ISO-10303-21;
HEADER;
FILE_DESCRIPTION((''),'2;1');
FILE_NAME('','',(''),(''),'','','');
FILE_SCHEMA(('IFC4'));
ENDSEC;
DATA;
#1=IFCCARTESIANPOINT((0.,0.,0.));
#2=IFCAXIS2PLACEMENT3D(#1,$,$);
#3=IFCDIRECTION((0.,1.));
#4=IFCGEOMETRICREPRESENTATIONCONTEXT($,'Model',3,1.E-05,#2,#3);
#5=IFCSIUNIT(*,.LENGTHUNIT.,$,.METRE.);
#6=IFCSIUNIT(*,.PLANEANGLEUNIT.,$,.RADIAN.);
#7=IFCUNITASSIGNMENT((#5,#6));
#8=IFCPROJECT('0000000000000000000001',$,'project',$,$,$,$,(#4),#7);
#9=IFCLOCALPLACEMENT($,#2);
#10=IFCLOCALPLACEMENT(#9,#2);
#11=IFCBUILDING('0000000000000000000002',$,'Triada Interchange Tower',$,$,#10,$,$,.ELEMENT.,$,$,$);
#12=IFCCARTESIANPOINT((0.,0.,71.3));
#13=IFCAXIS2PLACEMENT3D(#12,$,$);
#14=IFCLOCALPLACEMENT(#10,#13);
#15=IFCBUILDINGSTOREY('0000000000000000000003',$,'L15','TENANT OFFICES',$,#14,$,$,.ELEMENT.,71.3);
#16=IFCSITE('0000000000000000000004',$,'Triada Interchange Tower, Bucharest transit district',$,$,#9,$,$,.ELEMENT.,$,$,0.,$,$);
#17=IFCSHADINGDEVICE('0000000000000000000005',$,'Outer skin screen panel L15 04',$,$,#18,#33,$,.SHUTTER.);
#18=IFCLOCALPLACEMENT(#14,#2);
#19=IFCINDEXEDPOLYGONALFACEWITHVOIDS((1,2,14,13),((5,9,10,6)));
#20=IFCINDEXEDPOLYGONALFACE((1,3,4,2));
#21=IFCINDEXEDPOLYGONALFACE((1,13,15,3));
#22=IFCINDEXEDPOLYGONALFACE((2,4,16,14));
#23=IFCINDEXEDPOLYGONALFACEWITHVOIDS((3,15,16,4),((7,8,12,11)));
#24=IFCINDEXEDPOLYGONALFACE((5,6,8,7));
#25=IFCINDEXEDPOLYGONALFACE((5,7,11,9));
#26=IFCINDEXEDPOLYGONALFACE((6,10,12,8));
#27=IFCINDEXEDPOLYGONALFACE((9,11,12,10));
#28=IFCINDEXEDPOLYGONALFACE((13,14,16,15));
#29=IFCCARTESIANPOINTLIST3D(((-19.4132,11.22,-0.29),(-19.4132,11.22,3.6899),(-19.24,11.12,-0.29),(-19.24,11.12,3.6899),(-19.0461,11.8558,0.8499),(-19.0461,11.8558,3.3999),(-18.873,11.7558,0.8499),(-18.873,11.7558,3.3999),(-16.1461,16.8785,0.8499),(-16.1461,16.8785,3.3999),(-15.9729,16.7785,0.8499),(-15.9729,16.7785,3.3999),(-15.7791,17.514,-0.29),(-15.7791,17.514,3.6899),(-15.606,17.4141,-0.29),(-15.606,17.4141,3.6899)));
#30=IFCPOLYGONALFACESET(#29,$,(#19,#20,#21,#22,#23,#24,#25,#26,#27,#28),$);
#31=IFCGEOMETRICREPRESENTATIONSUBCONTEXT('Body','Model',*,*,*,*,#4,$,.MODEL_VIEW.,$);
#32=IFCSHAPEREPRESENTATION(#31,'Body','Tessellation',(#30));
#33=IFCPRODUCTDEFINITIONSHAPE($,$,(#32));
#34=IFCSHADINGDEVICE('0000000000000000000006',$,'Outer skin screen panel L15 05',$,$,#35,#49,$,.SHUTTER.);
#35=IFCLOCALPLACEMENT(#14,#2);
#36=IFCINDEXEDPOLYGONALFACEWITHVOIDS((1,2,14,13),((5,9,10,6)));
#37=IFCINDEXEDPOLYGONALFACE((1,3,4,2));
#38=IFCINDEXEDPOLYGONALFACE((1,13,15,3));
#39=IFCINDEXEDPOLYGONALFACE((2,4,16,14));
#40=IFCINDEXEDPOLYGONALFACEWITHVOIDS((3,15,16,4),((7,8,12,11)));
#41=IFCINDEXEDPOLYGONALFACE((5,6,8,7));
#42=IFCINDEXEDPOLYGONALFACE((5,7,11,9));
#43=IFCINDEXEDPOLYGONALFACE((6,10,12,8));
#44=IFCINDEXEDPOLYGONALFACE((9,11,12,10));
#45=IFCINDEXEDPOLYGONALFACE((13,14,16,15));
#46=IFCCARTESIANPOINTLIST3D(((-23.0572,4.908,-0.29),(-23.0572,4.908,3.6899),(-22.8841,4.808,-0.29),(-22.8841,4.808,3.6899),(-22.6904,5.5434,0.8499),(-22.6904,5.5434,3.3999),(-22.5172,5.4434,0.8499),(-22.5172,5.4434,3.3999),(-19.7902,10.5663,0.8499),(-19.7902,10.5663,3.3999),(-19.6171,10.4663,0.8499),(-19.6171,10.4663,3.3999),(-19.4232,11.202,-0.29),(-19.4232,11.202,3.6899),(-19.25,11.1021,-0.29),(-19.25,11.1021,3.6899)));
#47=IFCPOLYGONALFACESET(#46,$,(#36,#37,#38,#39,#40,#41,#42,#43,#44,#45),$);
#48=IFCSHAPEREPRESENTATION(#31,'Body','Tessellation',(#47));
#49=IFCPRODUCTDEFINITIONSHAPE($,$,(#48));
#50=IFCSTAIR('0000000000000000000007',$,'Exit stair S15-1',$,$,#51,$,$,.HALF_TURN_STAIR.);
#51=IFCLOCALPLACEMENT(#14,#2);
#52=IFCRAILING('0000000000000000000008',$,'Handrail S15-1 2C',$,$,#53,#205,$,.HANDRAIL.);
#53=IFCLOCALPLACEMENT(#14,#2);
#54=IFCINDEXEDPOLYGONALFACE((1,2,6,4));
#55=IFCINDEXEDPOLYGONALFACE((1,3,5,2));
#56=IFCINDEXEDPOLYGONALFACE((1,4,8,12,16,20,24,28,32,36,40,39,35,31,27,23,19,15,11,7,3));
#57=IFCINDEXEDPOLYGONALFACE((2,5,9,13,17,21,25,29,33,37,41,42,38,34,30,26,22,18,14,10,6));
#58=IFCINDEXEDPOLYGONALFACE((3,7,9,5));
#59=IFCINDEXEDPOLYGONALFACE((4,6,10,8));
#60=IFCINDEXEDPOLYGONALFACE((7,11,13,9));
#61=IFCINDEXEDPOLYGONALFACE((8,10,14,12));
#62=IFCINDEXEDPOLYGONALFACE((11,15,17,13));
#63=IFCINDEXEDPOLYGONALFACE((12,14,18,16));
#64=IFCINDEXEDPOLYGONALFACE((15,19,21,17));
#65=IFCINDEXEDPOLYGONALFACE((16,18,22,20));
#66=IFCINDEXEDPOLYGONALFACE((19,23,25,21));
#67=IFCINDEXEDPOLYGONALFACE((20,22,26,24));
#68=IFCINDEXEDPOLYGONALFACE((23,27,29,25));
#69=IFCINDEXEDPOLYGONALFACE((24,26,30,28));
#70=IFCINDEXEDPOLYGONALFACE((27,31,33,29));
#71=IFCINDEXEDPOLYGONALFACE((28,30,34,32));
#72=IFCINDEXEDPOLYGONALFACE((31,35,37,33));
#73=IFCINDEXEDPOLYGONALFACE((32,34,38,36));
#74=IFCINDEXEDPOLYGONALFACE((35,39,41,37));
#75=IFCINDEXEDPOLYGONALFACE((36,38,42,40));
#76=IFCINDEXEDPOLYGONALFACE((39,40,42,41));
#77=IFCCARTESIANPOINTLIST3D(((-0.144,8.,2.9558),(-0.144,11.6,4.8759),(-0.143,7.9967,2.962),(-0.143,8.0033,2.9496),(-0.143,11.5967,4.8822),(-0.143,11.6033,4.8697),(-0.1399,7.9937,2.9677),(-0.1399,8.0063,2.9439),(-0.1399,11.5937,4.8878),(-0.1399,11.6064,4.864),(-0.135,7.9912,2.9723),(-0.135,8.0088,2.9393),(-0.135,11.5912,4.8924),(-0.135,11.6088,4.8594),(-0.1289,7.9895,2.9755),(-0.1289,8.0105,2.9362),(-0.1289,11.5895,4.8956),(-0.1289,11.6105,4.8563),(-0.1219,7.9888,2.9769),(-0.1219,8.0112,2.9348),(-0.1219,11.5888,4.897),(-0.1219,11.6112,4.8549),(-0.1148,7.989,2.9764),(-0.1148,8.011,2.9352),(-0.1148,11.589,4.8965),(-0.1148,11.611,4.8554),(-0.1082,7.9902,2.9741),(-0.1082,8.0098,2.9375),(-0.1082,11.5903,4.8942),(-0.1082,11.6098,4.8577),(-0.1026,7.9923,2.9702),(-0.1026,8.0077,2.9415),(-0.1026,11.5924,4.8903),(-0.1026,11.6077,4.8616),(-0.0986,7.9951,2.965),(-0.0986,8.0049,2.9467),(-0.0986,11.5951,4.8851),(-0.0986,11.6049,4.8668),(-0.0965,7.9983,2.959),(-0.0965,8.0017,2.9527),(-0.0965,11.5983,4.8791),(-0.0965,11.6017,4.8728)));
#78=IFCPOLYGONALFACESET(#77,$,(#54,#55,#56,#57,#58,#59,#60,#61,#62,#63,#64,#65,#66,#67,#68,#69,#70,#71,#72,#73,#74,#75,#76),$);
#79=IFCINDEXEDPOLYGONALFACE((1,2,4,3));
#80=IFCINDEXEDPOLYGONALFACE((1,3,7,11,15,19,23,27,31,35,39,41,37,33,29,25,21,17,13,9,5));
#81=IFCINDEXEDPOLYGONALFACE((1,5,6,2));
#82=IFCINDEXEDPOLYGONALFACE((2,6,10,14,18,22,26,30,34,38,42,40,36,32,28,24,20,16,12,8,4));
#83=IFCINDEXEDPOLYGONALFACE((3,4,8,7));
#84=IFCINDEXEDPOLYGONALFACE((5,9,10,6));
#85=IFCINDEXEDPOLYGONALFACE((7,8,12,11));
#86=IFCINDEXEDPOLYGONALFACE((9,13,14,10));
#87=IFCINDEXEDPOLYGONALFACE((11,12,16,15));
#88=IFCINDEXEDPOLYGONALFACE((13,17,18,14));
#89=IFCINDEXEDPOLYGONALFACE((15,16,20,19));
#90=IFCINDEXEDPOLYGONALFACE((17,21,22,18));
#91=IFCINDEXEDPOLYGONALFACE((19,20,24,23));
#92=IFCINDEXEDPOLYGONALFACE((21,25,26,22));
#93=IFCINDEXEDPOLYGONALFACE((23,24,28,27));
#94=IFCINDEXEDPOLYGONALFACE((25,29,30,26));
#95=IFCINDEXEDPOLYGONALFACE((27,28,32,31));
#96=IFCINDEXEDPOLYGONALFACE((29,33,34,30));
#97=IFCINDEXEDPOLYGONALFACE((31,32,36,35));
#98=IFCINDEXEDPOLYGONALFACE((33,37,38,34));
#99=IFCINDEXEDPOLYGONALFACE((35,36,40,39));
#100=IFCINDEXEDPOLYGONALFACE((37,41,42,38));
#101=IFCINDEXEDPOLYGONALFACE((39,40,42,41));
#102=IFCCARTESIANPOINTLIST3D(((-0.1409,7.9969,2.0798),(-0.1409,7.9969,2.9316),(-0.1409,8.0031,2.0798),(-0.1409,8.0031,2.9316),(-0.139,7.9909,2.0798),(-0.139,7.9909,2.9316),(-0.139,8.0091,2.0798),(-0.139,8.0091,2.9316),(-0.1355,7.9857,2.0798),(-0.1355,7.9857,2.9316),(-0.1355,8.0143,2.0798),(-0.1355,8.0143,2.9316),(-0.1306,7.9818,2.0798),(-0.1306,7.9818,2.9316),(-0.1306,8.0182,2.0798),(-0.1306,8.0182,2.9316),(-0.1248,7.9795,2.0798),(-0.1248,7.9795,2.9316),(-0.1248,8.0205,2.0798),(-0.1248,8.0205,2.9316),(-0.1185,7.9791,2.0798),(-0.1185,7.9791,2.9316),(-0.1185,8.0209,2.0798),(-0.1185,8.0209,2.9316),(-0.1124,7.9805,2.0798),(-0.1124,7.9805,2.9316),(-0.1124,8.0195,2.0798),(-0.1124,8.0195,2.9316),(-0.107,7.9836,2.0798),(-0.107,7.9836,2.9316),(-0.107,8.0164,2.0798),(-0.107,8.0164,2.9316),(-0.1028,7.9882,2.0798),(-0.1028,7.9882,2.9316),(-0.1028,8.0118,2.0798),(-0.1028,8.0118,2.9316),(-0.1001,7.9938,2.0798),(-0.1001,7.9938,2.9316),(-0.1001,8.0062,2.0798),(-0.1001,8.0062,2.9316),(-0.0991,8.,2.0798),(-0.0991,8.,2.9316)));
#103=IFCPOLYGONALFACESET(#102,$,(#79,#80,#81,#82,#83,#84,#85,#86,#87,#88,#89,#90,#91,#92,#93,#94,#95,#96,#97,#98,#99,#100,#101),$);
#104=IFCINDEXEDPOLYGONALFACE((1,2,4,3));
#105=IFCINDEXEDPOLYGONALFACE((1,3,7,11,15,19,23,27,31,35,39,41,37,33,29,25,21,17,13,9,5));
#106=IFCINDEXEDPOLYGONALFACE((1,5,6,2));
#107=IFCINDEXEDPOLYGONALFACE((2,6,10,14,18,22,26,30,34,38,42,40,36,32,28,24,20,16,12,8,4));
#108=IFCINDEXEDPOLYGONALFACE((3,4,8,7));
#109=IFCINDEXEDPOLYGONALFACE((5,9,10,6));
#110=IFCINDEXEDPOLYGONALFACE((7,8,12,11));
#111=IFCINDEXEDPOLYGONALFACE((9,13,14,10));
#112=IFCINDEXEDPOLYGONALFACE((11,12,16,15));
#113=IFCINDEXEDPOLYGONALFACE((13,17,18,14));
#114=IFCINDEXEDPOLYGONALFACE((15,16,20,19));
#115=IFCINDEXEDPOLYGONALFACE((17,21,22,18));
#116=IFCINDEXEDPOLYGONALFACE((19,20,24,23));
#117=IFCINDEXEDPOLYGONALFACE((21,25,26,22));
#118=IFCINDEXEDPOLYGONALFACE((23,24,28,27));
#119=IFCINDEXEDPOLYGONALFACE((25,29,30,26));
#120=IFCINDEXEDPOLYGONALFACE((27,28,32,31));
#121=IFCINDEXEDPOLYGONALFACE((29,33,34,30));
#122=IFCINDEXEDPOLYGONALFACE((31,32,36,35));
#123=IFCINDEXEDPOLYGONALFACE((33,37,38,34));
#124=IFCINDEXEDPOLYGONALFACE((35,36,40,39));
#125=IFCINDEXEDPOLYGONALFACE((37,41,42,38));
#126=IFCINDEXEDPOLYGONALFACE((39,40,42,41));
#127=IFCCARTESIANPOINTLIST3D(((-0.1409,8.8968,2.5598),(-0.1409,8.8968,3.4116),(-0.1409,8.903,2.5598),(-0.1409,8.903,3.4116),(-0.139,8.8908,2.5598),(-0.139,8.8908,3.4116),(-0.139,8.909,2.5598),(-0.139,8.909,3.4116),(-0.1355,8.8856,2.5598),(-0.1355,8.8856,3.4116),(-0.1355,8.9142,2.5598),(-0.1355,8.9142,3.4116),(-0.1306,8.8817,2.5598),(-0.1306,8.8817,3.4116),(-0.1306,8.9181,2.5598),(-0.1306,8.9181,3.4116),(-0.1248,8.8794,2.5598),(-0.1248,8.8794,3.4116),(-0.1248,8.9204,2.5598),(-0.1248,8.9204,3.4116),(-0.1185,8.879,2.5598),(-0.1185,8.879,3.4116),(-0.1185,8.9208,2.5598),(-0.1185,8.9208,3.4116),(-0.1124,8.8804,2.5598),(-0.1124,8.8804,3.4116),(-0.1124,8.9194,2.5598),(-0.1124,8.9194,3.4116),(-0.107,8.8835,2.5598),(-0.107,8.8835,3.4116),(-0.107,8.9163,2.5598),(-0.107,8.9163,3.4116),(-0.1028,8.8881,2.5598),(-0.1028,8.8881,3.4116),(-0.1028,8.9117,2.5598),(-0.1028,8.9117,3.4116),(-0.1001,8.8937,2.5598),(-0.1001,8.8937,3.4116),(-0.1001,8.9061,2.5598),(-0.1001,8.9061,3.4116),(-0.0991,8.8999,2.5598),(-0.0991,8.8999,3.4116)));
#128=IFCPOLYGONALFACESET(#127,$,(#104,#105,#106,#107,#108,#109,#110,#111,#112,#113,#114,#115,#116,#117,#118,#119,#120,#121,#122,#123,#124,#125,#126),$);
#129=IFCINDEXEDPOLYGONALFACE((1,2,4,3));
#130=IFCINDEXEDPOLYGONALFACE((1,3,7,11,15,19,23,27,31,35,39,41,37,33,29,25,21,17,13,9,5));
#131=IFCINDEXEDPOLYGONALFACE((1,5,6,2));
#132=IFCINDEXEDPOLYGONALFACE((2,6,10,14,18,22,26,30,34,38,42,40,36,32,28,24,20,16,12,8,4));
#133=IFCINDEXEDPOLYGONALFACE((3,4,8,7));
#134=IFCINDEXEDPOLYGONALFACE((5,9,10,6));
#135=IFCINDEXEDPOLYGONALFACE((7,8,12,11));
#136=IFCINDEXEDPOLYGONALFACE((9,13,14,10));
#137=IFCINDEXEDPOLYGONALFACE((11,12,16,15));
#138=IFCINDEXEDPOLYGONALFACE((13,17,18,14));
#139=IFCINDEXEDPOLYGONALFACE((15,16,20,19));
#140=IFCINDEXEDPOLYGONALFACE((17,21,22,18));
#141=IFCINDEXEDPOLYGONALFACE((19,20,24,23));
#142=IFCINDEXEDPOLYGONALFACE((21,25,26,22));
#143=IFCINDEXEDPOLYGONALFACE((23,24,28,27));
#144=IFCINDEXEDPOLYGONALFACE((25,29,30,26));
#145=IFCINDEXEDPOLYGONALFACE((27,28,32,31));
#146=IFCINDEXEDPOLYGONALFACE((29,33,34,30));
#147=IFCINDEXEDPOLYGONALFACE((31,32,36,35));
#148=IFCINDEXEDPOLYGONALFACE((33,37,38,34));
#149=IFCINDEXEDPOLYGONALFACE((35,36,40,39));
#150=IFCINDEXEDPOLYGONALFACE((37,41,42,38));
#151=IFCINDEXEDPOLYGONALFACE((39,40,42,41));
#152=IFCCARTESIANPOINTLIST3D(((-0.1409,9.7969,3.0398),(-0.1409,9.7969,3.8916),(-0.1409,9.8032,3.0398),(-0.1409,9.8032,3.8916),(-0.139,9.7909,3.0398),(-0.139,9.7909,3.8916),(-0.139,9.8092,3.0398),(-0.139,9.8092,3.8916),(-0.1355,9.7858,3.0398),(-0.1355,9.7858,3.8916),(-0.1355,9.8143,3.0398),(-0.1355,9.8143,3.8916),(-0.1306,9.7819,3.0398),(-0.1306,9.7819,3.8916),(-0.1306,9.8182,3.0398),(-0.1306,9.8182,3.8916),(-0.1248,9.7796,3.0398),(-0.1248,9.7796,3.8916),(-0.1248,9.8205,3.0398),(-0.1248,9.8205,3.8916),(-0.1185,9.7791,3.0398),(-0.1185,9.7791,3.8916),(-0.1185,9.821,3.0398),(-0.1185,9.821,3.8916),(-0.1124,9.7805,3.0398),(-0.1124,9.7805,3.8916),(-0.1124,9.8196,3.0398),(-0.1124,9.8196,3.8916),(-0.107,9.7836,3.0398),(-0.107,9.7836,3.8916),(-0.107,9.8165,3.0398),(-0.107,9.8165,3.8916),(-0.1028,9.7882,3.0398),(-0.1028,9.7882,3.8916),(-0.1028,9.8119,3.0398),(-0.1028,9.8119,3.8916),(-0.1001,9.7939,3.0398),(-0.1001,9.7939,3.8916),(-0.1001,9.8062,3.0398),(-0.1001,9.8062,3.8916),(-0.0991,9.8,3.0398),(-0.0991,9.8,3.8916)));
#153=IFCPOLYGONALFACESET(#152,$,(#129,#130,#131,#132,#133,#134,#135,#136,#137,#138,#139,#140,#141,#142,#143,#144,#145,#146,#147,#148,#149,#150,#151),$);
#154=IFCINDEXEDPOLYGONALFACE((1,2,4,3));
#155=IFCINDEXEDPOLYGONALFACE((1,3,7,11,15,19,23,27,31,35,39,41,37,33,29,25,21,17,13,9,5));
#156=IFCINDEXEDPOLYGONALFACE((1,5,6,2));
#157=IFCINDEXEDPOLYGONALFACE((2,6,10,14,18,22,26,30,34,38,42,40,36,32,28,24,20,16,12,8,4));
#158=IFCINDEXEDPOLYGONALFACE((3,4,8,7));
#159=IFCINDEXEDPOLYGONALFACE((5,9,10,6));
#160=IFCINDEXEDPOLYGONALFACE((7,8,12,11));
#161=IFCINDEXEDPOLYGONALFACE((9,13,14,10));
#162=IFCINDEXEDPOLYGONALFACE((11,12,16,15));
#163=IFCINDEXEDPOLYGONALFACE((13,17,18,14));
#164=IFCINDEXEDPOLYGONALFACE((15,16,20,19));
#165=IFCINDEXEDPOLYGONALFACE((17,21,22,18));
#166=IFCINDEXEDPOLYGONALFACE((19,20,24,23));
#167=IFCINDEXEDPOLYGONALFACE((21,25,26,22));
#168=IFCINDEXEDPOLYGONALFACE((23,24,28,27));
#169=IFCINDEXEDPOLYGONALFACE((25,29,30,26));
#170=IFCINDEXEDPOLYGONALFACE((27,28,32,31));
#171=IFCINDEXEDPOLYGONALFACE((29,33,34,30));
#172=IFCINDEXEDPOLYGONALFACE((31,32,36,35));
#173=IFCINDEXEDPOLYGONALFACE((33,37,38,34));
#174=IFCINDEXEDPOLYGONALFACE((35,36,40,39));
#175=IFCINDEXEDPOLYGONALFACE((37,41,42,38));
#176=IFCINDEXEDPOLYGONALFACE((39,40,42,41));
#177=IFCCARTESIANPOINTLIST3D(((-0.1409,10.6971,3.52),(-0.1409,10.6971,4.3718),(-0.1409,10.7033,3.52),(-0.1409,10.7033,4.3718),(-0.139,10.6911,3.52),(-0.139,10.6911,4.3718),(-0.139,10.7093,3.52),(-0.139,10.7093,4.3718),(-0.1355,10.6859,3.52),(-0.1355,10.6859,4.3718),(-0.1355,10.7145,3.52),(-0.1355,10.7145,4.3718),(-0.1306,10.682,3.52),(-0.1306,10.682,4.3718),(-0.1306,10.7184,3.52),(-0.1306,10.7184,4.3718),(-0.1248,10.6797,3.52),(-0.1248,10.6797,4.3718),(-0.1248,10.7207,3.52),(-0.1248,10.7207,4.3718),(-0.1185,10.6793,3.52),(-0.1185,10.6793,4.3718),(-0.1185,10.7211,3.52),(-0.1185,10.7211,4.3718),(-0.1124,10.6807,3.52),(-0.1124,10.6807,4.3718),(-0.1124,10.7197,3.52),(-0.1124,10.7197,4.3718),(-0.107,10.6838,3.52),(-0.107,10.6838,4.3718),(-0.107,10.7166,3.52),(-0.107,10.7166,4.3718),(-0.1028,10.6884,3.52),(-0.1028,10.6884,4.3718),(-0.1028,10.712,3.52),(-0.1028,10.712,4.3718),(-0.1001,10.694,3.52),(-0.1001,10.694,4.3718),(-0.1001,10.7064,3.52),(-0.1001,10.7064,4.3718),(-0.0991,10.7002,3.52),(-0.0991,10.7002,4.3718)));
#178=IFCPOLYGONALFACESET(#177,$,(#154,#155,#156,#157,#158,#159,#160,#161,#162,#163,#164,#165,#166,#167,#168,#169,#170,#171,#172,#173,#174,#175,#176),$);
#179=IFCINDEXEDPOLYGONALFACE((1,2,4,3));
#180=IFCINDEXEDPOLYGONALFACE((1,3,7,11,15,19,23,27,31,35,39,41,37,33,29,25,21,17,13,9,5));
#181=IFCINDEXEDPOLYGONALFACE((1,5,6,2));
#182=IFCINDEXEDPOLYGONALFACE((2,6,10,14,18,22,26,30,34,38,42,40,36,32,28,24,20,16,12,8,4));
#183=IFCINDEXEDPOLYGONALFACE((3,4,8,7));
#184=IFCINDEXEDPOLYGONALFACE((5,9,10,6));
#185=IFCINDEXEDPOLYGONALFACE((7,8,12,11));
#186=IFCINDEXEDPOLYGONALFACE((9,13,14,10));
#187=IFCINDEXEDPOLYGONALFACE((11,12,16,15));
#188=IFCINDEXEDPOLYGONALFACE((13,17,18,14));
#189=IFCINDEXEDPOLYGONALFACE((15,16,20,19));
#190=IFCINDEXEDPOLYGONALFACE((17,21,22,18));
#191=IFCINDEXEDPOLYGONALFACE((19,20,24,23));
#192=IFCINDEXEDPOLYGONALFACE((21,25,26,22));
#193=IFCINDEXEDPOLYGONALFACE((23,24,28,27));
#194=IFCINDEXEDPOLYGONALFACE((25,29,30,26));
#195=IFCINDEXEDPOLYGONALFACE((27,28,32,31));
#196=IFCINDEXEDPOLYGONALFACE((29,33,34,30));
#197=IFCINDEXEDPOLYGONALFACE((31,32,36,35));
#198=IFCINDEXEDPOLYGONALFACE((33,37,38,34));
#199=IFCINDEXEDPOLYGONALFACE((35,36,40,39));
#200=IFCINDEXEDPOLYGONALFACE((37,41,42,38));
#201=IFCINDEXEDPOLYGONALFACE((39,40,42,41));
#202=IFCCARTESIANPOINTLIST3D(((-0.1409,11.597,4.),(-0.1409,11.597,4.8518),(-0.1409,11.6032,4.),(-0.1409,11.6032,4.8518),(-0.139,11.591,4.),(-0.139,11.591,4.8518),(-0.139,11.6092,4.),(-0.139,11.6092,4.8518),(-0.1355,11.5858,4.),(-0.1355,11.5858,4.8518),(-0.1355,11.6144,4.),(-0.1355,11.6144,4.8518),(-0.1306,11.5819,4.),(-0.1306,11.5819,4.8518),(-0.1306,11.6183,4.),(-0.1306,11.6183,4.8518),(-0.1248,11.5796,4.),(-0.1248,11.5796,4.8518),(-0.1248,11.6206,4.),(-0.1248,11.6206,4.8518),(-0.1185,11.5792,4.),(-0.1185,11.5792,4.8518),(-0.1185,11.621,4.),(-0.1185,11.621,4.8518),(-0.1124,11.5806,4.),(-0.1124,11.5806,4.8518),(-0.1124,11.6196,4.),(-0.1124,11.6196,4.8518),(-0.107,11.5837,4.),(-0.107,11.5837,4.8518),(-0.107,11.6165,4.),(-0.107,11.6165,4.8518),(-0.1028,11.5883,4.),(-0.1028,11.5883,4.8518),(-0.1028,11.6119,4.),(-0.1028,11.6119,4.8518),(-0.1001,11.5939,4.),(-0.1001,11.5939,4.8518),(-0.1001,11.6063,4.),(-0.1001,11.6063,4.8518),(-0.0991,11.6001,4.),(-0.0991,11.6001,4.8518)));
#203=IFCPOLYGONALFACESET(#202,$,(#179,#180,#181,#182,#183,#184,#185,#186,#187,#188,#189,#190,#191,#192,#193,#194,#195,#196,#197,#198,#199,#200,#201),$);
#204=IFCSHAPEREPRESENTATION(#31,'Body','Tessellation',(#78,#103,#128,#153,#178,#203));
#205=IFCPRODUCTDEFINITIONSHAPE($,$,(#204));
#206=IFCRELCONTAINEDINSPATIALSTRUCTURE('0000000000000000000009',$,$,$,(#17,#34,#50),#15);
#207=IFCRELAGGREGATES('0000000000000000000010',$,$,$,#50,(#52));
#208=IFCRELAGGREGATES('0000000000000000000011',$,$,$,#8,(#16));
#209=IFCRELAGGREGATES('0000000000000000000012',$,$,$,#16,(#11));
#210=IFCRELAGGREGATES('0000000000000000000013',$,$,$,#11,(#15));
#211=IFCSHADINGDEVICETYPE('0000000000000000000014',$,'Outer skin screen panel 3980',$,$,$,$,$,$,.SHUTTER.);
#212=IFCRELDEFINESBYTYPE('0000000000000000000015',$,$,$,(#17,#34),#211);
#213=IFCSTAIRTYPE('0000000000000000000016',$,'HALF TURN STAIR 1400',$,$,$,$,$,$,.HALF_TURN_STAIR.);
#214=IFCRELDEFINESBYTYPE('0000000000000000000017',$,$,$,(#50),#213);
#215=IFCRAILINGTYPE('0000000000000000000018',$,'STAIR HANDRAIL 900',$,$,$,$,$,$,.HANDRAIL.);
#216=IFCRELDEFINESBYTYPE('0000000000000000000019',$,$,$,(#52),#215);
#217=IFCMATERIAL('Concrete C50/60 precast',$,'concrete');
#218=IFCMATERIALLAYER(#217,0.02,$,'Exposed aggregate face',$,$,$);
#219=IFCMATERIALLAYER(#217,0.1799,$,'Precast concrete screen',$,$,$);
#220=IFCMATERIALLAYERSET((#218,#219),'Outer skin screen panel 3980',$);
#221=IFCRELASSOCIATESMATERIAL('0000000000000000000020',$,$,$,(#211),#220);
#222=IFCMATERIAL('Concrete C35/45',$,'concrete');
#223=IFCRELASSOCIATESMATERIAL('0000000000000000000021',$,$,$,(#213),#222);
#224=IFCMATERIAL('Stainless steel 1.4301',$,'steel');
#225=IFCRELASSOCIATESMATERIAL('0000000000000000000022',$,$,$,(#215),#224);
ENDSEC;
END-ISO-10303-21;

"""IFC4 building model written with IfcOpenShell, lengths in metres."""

from ifc_helpers import new_model, si_unit, direction, frame, origin, origin_2d, place, context, subcontext, project, spatial, polyline, circle, outline, extrude, material, layer, layer_set, type_object, element, aggregate, save


model = new_model("IFC4")

# Units and contexts
model_context = context("Model", 3, precision=1e-05, world=origin(), true_north=direction((0.0, 1.0)))
body_context = subcontext(model_context, "Body", "Model", "MODEL_VIEW")
ifc_project = project(units=[si_unit("LENGTHUNIT", "METRE"), si_unit("PLANEANGLEUNIT", "RADIAN")], contexts=[model_context])

# Site, building, storey
site_placement = place(None, origin())
site = spatial("IfcSite", under=ifc_project, at=site_placement, Name="Triada Interchange Tower, Bucharest transit district", CompositionType="ELEMENT", RefElevation=0.0)
building_placement = place(site_placement, origin())
building = spatial("IfcBuilding", under=site, at=building_placement, Name="Triada Interchange Tower", CompositionType="ELEMENT")
storey_placement = place(building_placement, frame((0.0, 0.0, 71.3)))
storey = spatial("IfcBuildingStorey", under=building, at=storey_placement, Name="L15", Description="TENANT OFFICES", CompositionType="ELEMENT", Elevation=71.3)

# Shading devices
ifc_material_1 = material(Name="Concrete C50/60 precast", Category="concrete")
ifc_layer_1 = layer(ifc_material_1, 0.02, Name="Exposed aggregate face")
ifc_layer_2 = layer(ifc_material_1, 0.1799, Name="Precast concrete screen")
ifc_layer_set_1 = layer_set([ifc_layer_1, ifc_layer_2], Name="Outer skin screen panel 3980")
shading_device_type = type_object("IfcShadingDeviceType", Name="Outer skin screen panel 3980", PredefinedType="SHUTTER", material=ifc_layer_set_1)
shading_device_1_placement = place(storey_placement, frame((-15.606, 17.4141, -0.29), z_axis=(0.0, 0.0, 1.0), x_axis=(-0.500023, -0.866012, 0.0)))
element("IfcShadingDevice", 1, at=shading_device_1_placement, inside=storey, type_object=shading_device_type, Name="Outer skin screen panel L15 04", PredefinedType="SHUTTER", context=body_context, shape_type="SweptSolid", body=[
    extrude(outline(polyline([(0.0, 0.0), (7.2678, 0.0), (7.2678, 3.98), (0.0, 3.98), (0.0, 0.0)]), holes=[polyline([(0.7339, 1.1399), (0.7339, 3.6899), (6.5337, 3.6899), (6.5337, 1.1399), (0.7339, 1.1399)])]), frame((0.0, 0.0, 0.0), z_axis=(0.0, -1.0, 0.0), x_axis=(1.0, 0.0, 0.0)), (0.0, 0.0, 1.0), 0.2),
])
shading_device_2_placement = place(storey_placement, frame((-19.25, 11.1021, -0.29), z_axis=(0.0, 0.0, 1.0), x_axis=(-0.500023, -0.866012, 0.0)))
element("IfcShadingDevice", 2, at=shading_device_2_placement, inside=storey, type_object=shading_device_type, Name="Outer skin screen panel L15 05", PredefinedType="SHUTTER", context=body_context, shape_type="SweptSolid", body=[
    extrude(outline(polyline([(0.0, 0.0), (7.2678, 0.0), (7.2678, 3.98), (0.0, 3.98), (0.0, 0.0)]), holes=[polyline([(0.7341, 1.1399), (0.7341, 3.6899), (6.5342, 3.6899), (6.5342, 1.1399), (0.7341, 1.1399)])]), frame((0.0, 0.0, 0.0), z_axis=(0.0, -1.0, 0.0), x_axis=(1.0, 0.0, 0.0)), (0.0, 0.0, 1.0), 0.2),
])

# Stair, railing
ifc_material_2 = material(Name="Concrete C35/45", Category="concrete")
stair_type = type_object("IfcStairType", Name="HALF TURN STAIR 1400", PredefinedType="HALF_TURN_STAIR", material=ifc_material_2)
stair_placement = place(storey_placement, origin())
stair = element("IfcStair", 3, at=stair_placement, inside=storey, type_object=stair_type, Name="Exit stair S15-1", PredefinedType="HALF_TURN_STAIR")
ifc_material_3 = material(Name="Stainless steel 1.4301", Category="steel")
railing_type = type_object("IfcRailingType", Name="STAIR HANDRAIL 900", PredefinedType="HANDRAIL", material=ifc_material_3)
railing_placement = place(storey_placement, frame((-0.1201, 8.0, 2.0798)))
railing = element("IfcRailing", 4, at=railing_placement, type_object=railing_type, Name="Handrail S15-1 2C", PredefinedType="HANDRAIL", context=body_context, shape_type="SweptSolid", body=[
    extrude(circle(Radius=0.0239, at=origin_2d()), frame((0.0, 0.0, 0.876), z_axis=(0.0, 0.882341, 0.47061), x_axis=(-1.0, 0.0, 0.0)), (0.0, 0.0, 1.0), 4.0801),
    extrude(circle(Radius=0.021, at=origin_2d()), origin(), (0.0, 0.0, 1.0), 0.8518),
    extrude(circle(Radius=0.021, at=origin_2d()), frame((0.0, 0.8999, 0.48)), (0.0, 0.0, 1.0), 0.8518),
    extrude(circle(Radius=0.021, at=origin_2d()), frame((0.0, 1.8, 0.96)), (0.0, 0.0, 1.0), 0.8518),
    extrude(circle(Radius=0.021, at=origin_2d()), frame((0.0, 2.7002, 1.4402)), (0.0, 0.0, 1.0), 0.8518),
    extrude(circle(Radius=0.021, at=origin_2d()), frame((0.0, 3.6001, 1.9202)), (0.0, 0.0, 1.0), 0.8518),
])
aggregate(stair, [railing])

save(model, "model.ifc")
